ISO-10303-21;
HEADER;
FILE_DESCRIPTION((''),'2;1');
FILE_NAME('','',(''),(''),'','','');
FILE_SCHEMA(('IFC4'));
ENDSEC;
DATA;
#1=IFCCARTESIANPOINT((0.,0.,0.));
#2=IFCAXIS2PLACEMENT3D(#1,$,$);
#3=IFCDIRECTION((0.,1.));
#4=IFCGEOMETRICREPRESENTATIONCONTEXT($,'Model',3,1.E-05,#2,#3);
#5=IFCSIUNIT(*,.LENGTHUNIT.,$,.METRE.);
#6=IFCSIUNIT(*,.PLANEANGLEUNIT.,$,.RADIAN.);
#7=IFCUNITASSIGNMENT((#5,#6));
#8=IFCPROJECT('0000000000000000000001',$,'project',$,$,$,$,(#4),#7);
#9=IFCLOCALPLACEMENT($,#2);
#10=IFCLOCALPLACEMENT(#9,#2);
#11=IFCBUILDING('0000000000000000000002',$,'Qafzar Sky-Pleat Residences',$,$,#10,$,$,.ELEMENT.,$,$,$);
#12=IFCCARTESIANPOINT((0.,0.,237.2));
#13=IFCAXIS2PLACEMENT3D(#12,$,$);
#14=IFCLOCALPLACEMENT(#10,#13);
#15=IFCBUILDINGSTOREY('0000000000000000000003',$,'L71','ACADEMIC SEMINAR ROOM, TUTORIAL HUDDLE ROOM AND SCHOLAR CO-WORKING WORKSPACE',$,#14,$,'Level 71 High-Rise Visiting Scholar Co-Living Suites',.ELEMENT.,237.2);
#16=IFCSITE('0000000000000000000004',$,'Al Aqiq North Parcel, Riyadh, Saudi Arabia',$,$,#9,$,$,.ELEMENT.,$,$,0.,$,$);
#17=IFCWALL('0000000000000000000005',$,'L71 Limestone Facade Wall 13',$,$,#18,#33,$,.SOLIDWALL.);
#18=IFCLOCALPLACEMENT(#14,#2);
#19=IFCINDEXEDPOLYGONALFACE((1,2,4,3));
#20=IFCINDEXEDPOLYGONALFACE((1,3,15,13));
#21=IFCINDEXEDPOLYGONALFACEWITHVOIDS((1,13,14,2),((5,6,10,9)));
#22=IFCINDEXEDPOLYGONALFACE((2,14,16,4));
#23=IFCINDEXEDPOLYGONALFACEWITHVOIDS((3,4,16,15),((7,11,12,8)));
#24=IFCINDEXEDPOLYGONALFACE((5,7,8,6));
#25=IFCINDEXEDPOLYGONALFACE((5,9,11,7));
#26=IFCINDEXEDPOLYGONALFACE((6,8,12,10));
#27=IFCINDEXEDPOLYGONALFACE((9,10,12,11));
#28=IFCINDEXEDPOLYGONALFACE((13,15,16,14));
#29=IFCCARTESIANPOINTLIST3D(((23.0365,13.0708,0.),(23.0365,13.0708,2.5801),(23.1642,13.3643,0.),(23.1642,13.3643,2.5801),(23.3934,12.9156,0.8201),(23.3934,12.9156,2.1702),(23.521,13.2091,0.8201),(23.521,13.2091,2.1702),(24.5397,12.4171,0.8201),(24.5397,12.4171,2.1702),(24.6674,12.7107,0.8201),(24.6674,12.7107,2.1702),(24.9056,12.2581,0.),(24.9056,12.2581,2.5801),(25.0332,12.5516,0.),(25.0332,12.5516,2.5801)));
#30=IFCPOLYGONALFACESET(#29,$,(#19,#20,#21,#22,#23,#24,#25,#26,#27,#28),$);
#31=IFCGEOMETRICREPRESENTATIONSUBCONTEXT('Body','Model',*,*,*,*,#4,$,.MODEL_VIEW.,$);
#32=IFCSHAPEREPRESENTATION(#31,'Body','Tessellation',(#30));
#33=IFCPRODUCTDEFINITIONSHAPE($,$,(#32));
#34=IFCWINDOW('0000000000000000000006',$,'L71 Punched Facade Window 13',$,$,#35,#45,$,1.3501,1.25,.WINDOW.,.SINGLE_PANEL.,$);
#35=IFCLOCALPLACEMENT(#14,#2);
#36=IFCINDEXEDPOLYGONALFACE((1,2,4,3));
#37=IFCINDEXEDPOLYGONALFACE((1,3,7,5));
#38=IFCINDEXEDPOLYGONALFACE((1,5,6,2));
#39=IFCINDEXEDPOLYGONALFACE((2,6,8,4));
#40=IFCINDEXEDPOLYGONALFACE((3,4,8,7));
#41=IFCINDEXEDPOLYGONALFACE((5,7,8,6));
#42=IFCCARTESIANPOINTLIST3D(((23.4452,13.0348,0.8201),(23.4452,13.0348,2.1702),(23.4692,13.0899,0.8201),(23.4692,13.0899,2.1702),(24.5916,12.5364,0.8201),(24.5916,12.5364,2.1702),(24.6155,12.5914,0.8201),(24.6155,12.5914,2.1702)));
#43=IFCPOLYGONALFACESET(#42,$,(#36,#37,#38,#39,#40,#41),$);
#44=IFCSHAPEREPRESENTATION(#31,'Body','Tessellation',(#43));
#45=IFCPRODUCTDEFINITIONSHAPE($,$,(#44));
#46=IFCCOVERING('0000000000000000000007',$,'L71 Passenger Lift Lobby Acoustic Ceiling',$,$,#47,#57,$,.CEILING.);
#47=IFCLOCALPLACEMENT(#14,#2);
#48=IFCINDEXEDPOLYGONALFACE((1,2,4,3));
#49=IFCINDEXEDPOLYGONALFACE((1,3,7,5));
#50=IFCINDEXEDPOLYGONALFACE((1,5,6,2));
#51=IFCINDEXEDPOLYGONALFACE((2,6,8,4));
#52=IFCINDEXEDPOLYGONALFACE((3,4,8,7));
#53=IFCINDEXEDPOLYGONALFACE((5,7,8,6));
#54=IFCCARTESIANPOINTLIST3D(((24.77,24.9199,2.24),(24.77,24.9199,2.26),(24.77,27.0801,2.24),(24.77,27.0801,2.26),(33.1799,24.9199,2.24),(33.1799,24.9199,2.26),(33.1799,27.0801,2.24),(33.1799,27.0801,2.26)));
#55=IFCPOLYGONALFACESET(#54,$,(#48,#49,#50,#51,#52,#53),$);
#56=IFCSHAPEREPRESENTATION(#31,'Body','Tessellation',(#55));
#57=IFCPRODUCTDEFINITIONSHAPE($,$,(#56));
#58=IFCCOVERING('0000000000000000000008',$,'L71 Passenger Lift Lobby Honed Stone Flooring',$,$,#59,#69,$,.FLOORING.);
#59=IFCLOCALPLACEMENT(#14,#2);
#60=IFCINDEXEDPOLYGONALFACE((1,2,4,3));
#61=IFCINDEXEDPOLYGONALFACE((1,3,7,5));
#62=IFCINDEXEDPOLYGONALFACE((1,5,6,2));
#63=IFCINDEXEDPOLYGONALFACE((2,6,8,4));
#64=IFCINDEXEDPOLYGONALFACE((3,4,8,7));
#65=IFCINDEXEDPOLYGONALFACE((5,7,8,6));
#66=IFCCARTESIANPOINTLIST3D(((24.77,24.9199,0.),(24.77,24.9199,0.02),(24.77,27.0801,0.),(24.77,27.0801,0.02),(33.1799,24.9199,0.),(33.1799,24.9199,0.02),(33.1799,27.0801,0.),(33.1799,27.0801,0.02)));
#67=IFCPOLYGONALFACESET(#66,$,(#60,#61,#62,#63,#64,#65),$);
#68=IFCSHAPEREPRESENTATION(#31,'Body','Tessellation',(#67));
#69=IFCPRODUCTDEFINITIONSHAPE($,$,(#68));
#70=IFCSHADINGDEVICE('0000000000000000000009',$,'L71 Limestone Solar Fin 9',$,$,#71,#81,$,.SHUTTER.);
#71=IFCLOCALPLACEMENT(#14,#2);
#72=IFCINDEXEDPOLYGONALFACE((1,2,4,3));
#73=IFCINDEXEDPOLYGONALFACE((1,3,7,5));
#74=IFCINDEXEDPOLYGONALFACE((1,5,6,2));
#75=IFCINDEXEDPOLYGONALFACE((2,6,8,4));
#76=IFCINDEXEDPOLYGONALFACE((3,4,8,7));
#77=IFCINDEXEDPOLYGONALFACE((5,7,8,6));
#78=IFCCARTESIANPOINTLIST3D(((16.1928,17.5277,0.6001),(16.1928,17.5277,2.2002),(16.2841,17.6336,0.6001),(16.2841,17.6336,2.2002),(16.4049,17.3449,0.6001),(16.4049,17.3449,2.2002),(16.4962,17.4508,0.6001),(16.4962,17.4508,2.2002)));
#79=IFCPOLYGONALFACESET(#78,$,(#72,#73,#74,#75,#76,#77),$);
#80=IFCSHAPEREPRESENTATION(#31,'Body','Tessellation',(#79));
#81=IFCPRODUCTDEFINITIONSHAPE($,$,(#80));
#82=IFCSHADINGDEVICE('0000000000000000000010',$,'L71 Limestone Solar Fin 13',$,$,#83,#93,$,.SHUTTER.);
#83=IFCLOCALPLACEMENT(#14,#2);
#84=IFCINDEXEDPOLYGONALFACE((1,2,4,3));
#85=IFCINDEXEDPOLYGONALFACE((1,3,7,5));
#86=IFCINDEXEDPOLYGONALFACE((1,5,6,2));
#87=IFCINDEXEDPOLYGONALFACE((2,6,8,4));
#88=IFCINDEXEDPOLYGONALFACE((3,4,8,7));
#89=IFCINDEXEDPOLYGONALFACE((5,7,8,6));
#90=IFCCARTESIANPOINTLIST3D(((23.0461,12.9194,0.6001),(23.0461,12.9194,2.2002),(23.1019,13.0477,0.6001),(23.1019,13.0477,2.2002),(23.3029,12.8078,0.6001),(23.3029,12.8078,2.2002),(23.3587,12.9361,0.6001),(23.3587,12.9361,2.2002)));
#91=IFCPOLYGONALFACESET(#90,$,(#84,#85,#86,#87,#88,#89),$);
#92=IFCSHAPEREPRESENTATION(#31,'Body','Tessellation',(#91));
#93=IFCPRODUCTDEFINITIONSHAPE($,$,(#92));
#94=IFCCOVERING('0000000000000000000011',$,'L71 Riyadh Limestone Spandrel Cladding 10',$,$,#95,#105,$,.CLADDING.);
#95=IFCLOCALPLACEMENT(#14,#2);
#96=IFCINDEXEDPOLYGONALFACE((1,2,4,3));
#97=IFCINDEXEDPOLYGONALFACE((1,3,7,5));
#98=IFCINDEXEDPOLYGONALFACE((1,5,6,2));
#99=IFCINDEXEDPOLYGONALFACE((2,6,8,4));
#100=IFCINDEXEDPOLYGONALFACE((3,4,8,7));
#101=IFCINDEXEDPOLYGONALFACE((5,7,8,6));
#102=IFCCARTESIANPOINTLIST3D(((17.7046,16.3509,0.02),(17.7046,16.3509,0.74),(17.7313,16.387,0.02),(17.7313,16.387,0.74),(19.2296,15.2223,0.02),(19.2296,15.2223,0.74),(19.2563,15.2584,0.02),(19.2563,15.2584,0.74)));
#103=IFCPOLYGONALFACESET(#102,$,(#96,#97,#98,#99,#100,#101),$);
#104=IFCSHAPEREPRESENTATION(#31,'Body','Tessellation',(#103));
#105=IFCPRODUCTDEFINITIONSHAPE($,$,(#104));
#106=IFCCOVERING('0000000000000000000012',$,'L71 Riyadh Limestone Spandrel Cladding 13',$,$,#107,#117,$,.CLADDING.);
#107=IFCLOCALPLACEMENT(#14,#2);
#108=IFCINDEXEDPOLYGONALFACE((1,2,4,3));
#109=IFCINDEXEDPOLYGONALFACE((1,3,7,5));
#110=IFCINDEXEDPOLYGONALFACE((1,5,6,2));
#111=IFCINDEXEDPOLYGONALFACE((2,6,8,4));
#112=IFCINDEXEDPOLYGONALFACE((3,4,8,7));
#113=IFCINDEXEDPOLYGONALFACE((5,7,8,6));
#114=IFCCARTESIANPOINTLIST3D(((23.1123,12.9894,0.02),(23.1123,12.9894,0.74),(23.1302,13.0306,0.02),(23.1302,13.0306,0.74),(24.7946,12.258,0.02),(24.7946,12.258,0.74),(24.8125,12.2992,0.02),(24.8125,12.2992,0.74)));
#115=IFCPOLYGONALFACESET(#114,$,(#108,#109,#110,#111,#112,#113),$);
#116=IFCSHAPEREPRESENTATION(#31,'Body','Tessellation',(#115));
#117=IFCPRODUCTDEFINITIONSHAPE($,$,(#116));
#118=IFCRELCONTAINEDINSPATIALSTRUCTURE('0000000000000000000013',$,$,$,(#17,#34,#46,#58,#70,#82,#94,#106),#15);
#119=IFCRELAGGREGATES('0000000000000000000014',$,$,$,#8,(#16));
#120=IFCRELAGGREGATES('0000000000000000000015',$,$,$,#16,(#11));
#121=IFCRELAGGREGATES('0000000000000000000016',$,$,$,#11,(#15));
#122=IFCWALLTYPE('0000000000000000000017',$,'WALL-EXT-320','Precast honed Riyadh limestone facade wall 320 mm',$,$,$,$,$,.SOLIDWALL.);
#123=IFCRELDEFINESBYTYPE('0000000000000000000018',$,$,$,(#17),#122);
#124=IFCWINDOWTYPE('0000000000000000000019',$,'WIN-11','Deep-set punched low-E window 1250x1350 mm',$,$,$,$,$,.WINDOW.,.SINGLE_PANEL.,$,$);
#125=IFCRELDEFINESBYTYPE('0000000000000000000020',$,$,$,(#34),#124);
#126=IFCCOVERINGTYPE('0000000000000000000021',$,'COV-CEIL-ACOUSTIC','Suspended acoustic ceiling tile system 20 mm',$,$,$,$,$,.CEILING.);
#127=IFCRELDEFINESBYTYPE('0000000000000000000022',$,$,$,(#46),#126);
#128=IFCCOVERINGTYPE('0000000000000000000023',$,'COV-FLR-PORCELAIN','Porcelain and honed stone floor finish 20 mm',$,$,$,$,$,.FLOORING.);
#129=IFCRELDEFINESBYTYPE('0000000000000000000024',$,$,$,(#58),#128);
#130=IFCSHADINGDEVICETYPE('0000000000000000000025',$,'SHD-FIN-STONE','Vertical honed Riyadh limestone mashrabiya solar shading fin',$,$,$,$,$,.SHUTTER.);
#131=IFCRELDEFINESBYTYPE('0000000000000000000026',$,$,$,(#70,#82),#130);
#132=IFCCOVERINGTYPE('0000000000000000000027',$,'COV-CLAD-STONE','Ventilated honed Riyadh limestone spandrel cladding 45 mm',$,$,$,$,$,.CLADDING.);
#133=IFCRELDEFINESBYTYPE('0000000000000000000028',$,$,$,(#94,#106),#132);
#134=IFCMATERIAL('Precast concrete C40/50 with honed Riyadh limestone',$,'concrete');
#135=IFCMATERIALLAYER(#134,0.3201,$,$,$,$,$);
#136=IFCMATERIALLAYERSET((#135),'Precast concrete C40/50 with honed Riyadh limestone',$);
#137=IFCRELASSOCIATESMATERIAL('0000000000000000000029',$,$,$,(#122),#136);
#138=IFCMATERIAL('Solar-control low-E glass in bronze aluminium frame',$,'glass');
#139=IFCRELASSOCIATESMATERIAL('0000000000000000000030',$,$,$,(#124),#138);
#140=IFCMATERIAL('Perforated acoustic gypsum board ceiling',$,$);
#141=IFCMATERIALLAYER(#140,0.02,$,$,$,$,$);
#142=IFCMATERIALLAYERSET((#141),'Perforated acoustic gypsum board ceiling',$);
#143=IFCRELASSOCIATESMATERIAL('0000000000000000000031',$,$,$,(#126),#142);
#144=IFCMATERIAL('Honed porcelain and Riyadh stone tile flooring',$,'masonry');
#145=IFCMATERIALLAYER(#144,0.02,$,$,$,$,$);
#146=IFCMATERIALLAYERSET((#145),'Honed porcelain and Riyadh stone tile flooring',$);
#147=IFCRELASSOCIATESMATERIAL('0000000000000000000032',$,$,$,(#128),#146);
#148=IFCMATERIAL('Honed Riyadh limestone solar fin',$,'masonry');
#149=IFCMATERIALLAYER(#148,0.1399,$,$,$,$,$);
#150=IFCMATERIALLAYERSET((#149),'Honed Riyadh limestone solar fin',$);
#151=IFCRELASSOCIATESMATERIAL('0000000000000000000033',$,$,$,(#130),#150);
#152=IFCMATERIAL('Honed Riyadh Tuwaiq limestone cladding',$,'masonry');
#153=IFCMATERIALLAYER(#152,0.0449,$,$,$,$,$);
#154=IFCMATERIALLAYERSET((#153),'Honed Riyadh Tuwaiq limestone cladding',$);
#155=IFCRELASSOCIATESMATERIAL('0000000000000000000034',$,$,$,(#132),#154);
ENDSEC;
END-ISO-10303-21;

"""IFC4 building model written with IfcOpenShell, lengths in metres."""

from ifc_helpers import new_model, si_unit, direction, frame, frame_2d, origin, origin_2d, place, context, subcontext, project, spatial, polyline, rectangle, outline, extrude, source, transform, mapped, material, layer, layer_set, type_object, element, fill, save


model = new_model("IFC4")

# Units and contexts
model_context = context("Model", 3, precision=1e-05, world=origin(), true_north=direction((0.0, 1.0)))
body_context = subcontext(model_context, "Body", "Model", "MODEL_VIEW")
ifc_project = project(units=[si_unit("LENGTHUNIT", "METRE"), si_unit("PLANEANGLEUNIT", "RADIAN")], contexts=[model_context])

# Site, building, storey
site_placement = place(None, origin())
site = spatial("IfcSite", under=ifc_project, at=site_placement, Name="Al Aqiq North Parcel, Riyadh, Saudi Arabia", CompositionType="ELEMENT", RefElevation=0.0)
building_placement = place(site_placement, origin())
building = spatial("IfcBuilding", under=site, at=building_placement, Name="Qafzar Sky-Pleat Residences", CompositionType="ELEMENT")
storey_placement = place(building_placement, frame((0.0, 0.0, 237.2)))
storey = spatial("IfcBuildingStorey", under=building, at=storey_placement, Name="L71", Description="ACADEMIC SEMINAR ROOM, TUTORIAL HUDDLE ROOM AND SCHOLAR CO-WORKING WORKSPACE", LongName="Level 71 High-Rise Visiting Scholar Co-Living Suites", CompositionType="ELEMENT", Elevation=237.2)

# Wall, opening, window
ifc_material_1 = material(Name="Precast concrete C40/50 with honed Riyadh limestone", Category="concrete")
ifc_layer_1 = layer(ifc_material_1, 0.3201)
ifc_layer_set_1 = layer_set([ifc_layer_1], Name="Precast concrete C40/50 with honed Riyadh limestone")
wall_type_1 = type_object("IfcWallType", Name="WALL-EXT-320", Description="Precast honed Riyadh limestone facade wall 320 mm", PredefinedType="SOLIDWALL", material=ifc_layer_set_1)
ifc_material_2 = material(Name="Solar-control low-E glass in bronze aluminium frame", Category="glass")
window_type_1 = type_object("IfcWindowType", Name="WIN-11", Description="Deep-set punched low-E window 1250x1350 mm", PartitioningType="SINGLE_PANEL", PredefinedType="WINDOW", material=ifc_material_2)
shared_shape_1 = source(origin(), body_context, "Body", "SweptSolid", [
    extrude(rectangle(XDim=1.25, YDim=1.3501, at=frame_2d((0.625, 0.675))), frame((0.0, 0.03, 0.0), z_axis=(0.0, -1.0, 0.0), x_axis=(1.0, 0.0, 0.0)), (0.0, 0.0, 1.0), 0.0601),
])
wall_1_placement = place(storey_placement, frame((23.1003, 13.2175, 0.0), z_axis=(0.0, 0.0, 1.0), x_axis=(0.917057, -0.398757, 0.0)))
wall_1 = element("IfcWall", 1, at=wall_1_placement, inside=storey, type_object=wall_type_1, Name="L71 Limestone Facade Wall 13", PredefinedType="SOLIDWALL", context=body_context, shape_type="SweptSolid", body=[
    extrude(rectangle(XDim=2.0381, YDim=0.3201, at=frame_2d((1.019, 0.0))), origin(), (0.0, 0.0, 1.0), 2.5801),
])
opening_1_placement = place(wall_1_placement, frame((0.3892, 0.0, 0.8201)))
opening_1 = element("IfcOpeningElement", 2, at=opening_1_placement, cuts=wall_1, PredefinedType="OPENING", context=body_context, shape_type="SweptSolid", body=[
    extrude(rectangle(XDim=1.25, YDim=1.3501, at=frame_2d((0.625, 0.675))), frame((0.0, 0.1699, 0.0), z_axis=(0.0, -1.0, 0.0), x_axis=(1.0, 0.0, 0.0)), (0.0, 0.0, 1.0), 0.3401),
])
window_1_placement = place(opening_1_placement, origin())
window_1 = element("IfcWindow", 3, at=window_1_placement, inside=storey, type_object=window_type_1, Name="L71 Punched Facade Window 13", OverallHeight=1.3501, OverallWidth=1.25, PartitioningType="SINGLE_PANEL", PredefinedType="WINDOW", context=body_context, shape_type="MappedRepresentation", body=[
    mapped(shared_shape_1, transform((0.0, 0.0, 0.0), x_axis=(1.0, 0.0, 0.0), y_axis=(0.0, 1.0, 0.0), z_axis=(0.0, 0.0, 1.0), scale=1.0)),
])
fill(opening_1, window_1)

# Coverings
ifc_material_3 = material(Name="Perforated acoustic gypsum board ceiling")
ifc_layer_2 = layer(ifc_material_3, 0.02)
ifc_layer_set_2 = layer_set([ifc_layer_2], Name="Perforated acoustic gypsum board ceiling")
covering_type_1 = type_object("IfcCoveringType", Name="COV-CEIL-ACOUSTIC", Description="Suspended acoustic ceiling tile system 20 mm", PredefinedType="CEILING", material=ifc_layer_set_2)
covering_1_placement = place(storey_placement, frame((0.0, 0.0, 2.24)))
element("IfcCovering", 4, at=covering_1_placement, inside=storey, type_object=covering_type_1, Name="L71 Passenger Lift Lobby Acoustic Ceiling", PredefinedType="CEILING", context=body_context, shape_type="SweptSolid", body=[
    extrude(outline(polyline([(33.1799, 24.9199), (24.77, 24.9199), (24.77, 27.0801), (33.1799, 27.0801), (33.1799, 24.9199)])), origin(), (0.0, 0.0, 1.0), 0.02),
])
ifc_material_4 = material(Name="Honed porcelain and Riyadh stone tile flooring", Category="masonry")
ifc_layer_3 = layer(ifc_material_4, 0.02)
ifc_layer_set_3 = layer_set([ifc_layer_3], Name="Honed porcelain and Riyadh stone tile flooring")
covering_type_2 = type_object("IfcCoveringType", Name="COV-FLR-PORCELAIN", Description="Porcelain and honed stone floor finish 20 mm", PredefinedType="FLOORING", material=ifc_layer_set_3)
covering_2_placement = place(storey_placement, origin())
element("IfcCovering", 5, at=covering_2_placement, inside=storey, type_object=covering_type_2, Name="L71 Passenger Lift Lobby Honed Stone Flooring", PredefinedType="FLOORING", context=body_context, shape_type="SweptSolid", body=[
    extrude(outline(polyline([(33.1799, 24.9199), (24.77, 24.9199), (24.77, 27.0801), (33.1799, 27.0801), (33.1799, 24.9199)])), origin(), (0.0, 0.0, 1.0), 0.02),
])

# Shading devices
ifc_material_5 = material(Name="Honed Riyadh limestone solar fin", Category="masonry")
ifc_layer_4 = layer(ifc_material_5, 0.1399)
ifc_layer_set_4 = layer_set([ifc_layer_4], Name="Honed Riyadh limestone solar fin")
shading_device_type = type_object("IfcShadingDeviceType", Name="SHD-FIN-STONE", Description="Vertical honed Riyadh limestone mashrabiya solar shading fin", PredefinedType="SHUTTER", material=ifc_layer_set_4)
shared_shape_2 = source(origin(), body_context, "Body", "SweptSolid", [
    extrude(rectangle(XDim=0.1399, YDim=0.28, at=origin_2d()), origin(), (0.0, 0.0, 1.0), 1.6001),
])
for number, where, z_axis, x_axis, name in (
    (6, (16.3445, 17.4893, 0.6001), (0.0, 0.0, 1.0), (-0.652846, -0.757491, 0.0), "L71 Limestone Solar Fin 9"),
    (7, (23.2024, 12.9277, 0.6001), (0.0, 0.0, 1.0), (-0.398672, -0.917094, 0.0), "L71 Limestone Solar Fin 13"),
):
    element("IfcShadingDevice", number, at=place(storey_placement, frame(where, z_axis=z_axis, x_axis=x_axis)), inside=storey, type_object=shading_device_type, Name=name, PredefinedType="SHUTTER", context=body_context, shape_type="MappedRepresentation", body=[
        mapped(shared_shape_2, transform((0.0, 0.0, 0.0), x_axis=(1.0, 0.0, 0.0), y_axis=(0.0, 1.0, 0.0), z_axis=(0.0, 0.0, 1.0), scale=1.0)),
    ])

# Coverings
ifc_material_6 = material(Name="Honed Riyadh Tuwaiq limestone cladding", Category="masonry")
ifc_layer_5 = layer(ifc_material_6, 0.0449)
ifc_layer_set_5 = layer_set([ifc_layer_5], Name="Honed Riyadh Tuwaiq limestone cladding")
covering_type_3 = type_object("IfcCoveringType", Name="COV-CLAD-STONE", Description="Ventilated honed Riyadh limestone spandrel cladding 45 mm", PredefinedType="CLADDING", material=ifc_layer_set_5)
shared_shape_3 = source(origin(), body_context, "Body", "SweptSolid", [
    extrude(rectangle(XDim=1.8972, YDim=0.0449, at=origin_2d()), origin(), (0.0, 0.0, 1.0), 0.72),
])
covering_3_placement = place(storey_placement, frame((18.4805, 15.8047, 0.02), z_axis=(0.0, 0.0, 1.0), x_axis=(0.80382, -0.594872, 0.0)))
element("IfcCovering", 8, at=covering_3_placement, inside=storey, type_object=covering_type_3, Name="L71 Riyadh Limestone Spandrel Cladding 10", PredefinedType="CLADDING", context=body_context, shape_type="MappedRepresentation", body=[
    mapped(shared_shape_3, transform((0.0, 0.0, 0.0), x_axis=(1.0, 0.0, 0.0), y_axis=(0.0, 1.0, 0.0), z_axis=(0.0, 0.0, 1.0), scale=1.0)),
])
shared_shape_4 = source(origin(), body_context, "Body", "SweptSolid", [
    extrude(rectangle(XDim=1.8345, YDim=0.0449, at=origin_2d()), origin(), (0.0, 0.0, 1.0), 0.72),
])
covering_4_placement = place(storey_placement, frame((23.9624, 12.6443, 0.02), z_axis=(0.0, 0.0, 1.0), x_axis=(0.917087, -0.398687, 0.0)))
element("IfcCovering", 9, at=covering_4_placement, inside=storey, type_object=covering_type_3, Name="L71 Riyadh Limestone Spandrel Cladding 13", PredefinedType="CLADDING", context=body_context, shape_type="MappedRepresentation", body=[
    mapped(shared_shape_4, transform((0.0, 0.0, 0.0), x_axis=(1.0, 0.0, 0.0), y_axis=(0.0, 1.0, 0.0), z_axis=(0.0, 0.0, 1.0), scale=1.0)),
])

save(model, "model.ifc")
